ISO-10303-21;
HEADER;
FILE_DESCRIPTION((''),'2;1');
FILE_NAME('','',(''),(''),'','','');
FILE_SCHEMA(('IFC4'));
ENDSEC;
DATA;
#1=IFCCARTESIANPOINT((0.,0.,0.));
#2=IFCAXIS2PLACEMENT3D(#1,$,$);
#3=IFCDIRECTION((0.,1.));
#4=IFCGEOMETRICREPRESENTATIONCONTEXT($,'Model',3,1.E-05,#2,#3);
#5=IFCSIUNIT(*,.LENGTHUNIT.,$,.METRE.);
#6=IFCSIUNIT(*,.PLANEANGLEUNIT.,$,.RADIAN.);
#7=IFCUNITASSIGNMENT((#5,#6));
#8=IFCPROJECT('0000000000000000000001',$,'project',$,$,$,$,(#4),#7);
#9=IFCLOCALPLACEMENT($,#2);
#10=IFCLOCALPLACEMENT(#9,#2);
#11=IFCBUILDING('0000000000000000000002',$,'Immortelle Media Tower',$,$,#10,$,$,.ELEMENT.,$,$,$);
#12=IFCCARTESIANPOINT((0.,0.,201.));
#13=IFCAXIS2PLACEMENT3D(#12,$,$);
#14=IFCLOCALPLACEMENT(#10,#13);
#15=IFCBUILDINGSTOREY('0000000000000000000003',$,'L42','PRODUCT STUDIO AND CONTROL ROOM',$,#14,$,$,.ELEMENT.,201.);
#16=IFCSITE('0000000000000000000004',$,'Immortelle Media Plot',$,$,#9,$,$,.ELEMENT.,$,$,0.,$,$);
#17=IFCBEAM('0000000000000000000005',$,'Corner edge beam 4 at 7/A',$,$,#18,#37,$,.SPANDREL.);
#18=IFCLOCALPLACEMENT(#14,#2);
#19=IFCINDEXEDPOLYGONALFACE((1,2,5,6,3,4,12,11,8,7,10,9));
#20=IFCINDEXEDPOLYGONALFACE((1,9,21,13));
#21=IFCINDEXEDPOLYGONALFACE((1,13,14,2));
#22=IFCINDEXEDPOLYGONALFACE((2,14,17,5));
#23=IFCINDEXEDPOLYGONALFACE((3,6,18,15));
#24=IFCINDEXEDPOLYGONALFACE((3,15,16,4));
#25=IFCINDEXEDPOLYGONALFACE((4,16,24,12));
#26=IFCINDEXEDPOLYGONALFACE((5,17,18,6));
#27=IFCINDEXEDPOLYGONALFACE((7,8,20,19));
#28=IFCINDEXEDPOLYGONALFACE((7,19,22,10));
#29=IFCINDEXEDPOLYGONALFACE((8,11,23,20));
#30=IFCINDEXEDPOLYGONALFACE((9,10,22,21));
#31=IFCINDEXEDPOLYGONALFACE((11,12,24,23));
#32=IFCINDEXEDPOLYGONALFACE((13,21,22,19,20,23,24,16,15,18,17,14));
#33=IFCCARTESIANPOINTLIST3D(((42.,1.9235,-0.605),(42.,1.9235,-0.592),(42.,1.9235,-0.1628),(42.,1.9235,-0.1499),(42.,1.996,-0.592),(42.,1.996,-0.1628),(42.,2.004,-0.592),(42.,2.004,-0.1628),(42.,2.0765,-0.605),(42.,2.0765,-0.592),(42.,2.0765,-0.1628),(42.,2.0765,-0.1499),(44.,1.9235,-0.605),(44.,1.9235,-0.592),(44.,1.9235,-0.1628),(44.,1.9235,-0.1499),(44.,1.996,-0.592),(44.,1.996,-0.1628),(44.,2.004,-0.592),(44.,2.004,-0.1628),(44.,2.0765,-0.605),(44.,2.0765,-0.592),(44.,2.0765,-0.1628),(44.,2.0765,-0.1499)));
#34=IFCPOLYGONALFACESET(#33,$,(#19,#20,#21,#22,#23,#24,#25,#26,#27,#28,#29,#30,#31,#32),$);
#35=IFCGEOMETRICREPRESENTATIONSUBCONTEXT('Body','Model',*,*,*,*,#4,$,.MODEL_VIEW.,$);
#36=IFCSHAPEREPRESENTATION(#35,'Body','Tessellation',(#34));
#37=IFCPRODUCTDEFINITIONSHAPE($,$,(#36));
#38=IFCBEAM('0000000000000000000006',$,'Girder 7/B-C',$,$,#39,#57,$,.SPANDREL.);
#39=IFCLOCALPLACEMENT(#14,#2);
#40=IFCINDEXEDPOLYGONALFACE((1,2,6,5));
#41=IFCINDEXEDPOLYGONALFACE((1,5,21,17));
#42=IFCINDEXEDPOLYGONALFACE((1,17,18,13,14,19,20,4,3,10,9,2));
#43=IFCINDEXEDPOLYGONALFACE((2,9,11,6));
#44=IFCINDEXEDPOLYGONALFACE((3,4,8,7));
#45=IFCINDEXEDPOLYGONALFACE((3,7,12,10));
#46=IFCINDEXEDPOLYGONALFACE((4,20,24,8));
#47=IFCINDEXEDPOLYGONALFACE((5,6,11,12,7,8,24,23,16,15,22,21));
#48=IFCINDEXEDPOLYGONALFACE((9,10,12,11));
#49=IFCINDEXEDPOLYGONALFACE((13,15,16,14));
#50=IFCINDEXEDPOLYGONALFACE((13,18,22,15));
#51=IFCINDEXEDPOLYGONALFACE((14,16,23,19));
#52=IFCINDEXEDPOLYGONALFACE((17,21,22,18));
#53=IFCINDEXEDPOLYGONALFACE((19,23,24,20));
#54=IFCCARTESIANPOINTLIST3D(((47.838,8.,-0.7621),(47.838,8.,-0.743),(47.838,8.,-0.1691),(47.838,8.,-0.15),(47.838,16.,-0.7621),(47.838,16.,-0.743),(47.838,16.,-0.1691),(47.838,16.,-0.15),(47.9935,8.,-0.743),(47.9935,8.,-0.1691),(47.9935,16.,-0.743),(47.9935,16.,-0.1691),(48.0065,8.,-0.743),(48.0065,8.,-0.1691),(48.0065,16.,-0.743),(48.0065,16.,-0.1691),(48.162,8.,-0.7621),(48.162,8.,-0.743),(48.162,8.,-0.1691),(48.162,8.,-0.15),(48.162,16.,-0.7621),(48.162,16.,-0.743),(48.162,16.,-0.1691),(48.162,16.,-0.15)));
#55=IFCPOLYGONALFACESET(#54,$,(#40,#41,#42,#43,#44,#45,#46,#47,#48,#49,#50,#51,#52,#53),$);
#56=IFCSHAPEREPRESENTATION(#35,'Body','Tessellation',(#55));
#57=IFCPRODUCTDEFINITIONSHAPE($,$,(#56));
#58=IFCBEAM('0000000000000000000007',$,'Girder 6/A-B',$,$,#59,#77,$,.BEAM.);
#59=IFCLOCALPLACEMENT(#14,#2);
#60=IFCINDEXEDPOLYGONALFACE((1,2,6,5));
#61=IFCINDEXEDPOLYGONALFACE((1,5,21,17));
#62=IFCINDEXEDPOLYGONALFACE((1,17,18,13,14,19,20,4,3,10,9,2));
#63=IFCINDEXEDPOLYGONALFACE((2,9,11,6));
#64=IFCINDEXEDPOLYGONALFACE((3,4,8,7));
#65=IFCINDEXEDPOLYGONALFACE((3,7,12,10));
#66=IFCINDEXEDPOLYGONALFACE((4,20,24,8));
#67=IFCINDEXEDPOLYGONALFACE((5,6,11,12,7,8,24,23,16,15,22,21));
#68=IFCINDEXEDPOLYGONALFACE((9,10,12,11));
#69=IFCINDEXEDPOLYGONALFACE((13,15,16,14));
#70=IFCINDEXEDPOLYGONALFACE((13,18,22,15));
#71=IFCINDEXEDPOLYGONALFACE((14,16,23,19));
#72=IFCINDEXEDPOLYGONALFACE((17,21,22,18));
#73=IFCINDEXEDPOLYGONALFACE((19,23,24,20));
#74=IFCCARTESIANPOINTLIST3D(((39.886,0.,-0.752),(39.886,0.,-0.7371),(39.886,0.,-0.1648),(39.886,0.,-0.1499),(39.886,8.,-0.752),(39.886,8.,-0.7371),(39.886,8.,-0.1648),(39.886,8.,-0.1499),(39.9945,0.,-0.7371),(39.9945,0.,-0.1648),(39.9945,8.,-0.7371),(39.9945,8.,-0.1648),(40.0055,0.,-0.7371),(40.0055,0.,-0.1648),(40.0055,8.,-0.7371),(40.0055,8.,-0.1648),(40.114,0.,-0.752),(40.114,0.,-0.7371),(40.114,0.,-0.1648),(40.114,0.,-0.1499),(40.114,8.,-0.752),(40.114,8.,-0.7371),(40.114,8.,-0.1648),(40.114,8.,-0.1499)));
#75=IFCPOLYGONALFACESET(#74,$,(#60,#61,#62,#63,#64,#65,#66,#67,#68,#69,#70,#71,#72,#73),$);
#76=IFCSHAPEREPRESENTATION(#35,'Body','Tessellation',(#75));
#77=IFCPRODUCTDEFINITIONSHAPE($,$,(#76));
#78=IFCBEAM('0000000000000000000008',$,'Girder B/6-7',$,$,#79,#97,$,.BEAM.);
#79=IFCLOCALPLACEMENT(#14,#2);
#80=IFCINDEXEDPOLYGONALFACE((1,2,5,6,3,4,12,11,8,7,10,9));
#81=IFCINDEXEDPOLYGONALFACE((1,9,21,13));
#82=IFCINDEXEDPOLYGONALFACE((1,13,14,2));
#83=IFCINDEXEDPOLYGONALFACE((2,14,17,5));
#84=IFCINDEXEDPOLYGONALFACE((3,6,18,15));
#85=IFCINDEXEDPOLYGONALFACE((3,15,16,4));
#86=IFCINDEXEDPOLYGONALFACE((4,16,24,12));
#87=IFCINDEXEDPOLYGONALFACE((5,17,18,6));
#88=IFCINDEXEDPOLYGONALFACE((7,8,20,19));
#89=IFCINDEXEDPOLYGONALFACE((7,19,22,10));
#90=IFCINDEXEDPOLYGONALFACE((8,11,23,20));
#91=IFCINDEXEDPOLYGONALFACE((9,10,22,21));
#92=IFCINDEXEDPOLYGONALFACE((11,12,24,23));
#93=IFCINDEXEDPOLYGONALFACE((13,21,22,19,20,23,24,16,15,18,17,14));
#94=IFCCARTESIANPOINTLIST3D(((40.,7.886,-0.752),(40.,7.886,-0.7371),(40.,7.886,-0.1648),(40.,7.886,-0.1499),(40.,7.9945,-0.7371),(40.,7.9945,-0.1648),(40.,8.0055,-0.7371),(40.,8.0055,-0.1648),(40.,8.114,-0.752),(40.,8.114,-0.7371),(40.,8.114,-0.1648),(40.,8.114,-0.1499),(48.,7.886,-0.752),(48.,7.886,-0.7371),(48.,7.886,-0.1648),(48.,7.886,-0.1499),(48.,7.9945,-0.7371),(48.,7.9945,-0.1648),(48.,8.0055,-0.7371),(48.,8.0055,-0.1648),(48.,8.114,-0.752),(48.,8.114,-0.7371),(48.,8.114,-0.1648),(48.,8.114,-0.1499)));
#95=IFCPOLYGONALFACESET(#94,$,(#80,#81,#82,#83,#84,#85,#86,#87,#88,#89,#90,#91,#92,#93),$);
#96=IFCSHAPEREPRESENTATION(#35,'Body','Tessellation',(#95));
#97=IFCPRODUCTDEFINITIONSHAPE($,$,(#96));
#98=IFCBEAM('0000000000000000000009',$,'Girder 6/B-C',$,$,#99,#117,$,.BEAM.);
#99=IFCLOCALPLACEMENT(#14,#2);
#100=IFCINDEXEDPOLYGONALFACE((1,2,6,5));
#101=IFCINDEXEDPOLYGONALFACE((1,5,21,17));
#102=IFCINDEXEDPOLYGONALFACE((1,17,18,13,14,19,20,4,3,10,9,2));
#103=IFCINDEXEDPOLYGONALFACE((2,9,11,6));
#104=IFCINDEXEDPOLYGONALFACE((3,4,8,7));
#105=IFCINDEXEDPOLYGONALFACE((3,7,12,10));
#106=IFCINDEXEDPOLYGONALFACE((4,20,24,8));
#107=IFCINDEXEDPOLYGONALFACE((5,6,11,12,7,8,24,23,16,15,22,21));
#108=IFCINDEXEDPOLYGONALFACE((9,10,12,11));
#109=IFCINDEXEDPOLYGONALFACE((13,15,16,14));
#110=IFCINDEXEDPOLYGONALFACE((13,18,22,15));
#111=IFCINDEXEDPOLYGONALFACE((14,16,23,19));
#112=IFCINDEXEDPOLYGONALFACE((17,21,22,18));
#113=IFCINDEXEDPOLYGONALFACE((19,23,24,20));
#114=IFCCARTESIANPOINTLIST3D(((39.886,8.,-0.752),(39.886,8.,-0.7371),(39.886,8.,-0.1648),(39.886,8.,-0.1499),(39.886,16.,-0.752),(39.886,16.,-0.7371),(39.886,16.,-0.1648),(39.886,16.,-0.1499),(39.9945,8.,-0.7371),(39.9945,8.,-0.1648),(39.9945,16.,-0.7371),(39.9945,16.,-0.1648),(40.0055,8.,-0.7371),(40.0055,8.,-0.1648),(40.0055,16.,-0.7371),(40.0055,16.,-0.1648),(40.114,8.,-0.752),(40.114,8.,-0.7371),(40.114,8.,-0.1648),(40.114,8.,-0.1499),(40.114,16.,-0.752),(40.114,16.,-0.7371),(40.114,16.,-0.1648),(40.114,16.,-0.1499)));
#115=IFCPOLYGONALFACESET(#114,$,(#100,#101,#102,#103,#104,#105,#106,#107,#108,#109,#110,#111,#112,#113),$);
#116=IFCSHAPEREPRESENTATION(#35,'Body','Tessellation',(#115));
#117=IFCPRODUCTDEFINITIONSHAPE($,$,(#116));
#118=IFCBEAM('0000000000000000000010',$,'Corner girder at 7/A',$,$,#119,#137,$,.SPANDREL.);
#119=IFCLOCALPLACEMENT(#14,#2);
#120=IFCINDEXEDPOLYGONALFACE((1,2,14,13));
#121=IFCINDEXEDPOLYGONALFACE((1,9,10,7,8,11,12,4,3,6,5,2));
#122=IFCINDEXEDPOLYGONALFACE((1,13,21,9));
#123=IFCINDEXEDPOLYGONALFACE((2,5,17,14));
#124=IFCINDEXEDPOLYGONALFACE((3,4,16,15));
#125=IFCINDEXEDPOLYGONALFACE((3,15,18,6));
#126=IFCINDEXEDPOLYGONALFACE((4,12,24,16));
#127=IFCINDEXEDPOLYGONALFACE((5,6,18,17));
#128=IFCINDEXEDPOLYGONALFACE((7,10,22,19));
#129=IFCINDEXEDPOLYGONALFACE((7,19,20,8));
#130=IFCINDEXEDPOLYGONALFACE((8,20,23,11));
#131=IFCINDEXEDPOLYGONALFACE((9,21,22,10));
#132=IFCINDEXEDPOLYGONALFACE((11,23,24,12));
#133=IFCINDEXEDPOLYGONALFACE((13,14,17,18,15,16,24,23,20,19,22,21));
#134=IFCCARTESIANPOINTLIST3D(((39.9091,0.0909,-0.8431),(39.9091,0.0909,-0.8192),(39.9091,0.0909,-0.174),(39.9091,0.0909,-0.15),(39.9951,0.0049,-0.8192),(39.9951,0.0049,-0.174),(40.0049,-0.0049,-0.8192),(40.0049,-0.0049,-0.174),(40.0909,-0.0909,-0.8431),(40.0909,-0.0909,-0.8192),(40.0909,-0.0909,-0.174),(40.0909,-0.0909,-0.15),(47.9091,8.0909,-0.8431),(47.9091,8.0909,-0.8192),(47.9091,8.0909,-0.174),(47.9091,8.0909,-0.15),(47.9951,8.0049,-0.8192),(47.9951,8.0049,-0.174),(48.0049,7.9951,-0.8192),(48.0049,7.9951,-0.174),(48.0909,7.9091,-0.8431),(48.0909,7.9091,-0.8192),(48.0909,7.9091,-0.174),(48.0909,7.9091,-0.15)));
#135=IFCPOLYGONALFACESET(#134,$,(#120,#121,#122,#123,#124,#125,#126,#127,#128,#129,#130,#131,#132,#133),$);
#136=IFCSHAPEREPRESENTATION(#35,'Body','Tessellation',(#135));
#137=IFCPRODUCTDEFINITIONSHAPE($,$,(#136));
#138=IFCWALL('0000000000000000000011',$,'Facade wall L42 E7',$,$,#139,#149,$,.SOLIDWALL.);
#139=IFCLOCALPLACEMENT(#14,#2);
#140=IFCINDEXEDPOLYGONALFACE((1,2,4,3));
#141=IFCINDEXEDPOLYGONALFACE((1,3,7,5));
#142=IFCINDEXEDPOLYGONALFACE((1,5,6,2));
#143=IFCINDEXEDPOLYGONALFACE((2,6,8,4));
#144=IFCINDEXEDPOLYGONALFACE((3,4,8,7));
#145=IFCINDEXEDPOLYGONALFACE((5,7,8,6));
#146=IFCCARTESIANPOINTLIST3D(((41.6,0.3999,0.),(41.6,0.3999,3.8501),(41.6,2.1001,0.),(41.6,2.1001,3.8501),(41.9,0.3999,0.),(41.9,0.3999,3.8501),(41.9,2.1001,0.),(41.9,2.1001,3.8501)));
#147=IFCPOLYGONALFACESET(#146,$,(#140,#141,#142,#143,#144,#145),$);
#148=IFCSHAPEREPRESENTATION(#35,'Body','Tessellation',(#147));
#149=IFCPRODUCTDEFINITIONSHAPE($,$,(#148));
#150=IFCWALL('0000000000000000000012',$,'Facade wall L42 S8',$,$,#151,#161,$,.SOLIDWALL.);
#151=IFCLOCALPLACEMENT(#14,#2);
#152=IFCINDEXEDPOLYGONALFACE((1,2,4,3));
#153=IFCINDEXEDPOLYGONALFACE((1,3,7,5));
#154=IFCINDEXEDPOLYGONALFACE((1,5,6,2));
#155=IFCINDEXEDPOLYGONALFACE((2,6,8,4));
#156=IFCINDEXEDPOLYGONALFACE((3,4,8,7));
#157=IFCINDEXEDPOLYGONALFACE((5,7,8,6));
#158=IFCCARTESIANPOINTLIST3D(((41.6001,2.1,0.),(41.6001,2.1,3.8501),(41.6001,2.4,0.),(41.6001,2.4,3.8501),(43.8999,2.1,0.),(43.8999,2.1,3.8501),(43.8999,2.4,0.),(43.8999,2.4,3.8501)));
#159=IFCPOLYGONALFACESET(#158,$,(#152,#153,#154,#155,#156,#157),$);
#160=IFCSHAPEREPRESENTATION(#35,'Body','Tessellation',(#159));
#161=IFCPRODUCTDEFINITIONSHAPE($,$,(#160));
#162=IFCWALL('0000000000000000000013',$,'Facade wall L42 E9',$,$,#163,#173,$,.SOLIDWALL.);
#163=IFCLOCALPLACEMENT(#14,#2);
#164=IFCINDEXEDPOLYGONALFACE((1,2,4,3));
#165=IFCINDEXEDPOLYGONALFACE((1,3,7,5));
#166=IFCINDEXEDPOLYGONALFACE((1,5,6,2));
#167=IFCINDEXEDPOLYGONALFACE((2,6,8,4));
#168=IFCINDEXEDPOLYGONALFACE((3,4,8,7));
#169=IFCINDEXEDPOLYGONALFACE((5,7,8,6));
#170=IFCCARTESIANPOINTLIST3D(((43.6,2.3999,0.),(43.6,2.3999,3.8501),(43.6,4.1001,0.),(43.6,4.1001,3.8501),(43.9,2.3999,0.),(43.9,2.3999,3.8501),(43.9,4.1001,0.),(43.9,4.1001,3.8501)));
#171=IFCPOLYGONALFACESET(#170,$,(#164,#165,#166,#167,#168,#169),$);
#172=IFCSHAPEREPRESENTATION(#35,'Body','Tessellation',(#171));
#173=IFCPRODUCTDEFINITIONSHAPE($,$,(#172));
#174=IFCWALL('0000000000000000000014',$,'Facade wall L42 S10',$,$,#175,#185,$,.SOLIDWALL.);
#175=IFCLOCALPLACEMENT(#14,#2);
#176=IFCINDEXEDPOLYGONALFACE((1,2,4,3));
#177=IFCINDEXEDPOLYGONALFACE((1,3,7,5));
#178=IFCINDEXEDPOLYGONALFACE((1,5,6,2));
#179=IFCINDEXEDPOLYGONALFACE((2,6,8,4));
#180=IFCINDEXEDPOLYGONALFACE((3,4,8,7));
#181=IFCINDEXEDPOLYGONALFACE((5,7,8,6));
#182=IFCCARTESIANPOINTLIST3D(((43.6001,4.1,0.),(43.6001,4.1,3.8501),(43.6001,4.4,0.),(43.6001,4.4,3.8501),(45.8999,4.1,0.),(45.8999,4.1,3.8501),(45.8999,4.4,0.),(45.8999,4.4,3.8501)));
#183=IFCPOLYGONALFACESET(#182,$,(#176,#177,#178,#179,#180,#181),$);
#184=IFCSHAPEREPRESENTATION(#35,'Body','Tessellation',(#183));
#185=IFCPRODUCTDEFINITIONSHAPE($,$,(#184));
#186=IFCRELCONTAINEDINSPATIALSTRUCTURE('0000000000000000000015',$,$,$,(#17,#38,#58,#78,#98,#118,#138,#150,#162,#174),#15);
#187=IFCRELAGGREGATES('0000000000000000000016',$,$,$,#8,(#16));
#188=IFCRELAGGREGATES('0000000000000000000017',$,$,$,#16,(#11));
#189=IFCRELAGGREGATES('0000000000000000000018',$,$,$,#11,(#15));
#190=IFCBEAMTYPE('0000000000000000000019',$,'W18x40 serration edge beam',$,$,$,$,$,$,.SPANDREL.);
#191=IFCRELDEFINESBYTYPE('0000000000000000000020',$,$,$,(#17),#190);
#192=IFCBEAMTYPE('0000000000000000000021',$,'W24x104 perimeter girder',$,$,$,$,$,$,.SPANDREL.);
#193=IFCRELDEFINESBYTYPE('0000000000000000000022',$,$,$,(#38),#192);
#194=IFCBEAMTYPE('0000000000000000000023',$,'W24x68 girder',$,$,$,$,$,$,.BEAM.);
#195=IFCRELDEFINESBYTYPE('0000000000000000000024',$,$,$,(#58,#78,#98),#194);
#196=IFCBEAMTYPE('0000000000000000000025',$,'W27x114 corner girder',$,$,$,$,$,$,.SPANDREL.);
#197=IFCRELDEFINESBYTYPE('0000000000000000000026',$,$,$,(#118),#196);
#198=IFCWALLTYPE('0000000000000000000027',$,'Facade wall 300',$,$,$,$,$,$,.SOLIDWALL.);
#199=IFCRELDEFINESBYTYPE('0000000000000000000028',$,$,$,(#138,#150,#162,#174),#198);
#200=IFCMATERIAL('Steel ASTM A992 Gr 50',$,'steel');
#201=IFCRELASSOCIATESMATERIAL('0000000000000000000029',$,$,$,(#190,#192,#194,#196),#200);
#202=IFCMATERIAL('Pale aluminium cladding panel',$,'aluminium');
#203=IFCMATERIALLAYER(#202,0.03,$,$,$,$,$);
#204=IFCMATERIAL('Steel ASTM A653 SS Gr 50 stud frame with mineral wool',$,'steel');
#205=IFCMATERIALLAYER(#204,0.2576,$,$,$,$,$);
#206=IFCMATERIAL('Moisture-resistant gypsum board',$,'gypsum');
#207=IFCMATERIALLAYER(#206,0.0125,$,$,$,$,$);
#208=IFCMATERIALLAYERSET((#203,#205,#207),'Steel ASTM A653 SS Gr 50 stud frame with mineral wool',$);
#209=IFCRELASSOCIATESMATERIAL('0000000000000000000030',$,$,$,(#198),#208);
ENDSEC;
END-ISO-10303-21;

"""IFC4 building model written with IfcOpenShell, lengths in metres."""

from ifc_helpers import new_model, si_unit, direction, frame, frame_2d, origin, origin_2d, place, context, subcontext, project, spatial, rectangle, i_section, extrude, material, layer, layer_set, material_profile, profile_set, type_object, element, save


model = new_model("IFC4")

# Units and contexts
model_context = context("Model", 3, precision=1e-05, world=origin(), true_north=direction((0.0, 1.0)))
body_context = subcontext(model_context, "Body", "Model", "MODEL_VIEW")
ifc_project = project(units=[si_unit("LENGTHUNIT", "METRE"), si_unit("PLANEANGLEUNIT", "RADIAN")], contexts=[model_context])

# Site, building, storey
site_placement = place(None, origin())
site = spatial("IfcSite", under=ifc_project, at=site_placement, Name="Immortelle Media Plot", CompositionType="ELEMENT", RefElevation=0.0)
building_placement = place(site_placement, origin())
building = spatial("IfcBuilding", under=site, at=building_placement, Name="Immortelle Media Tower", CompositionType="ELEMENT")
storey_placement = place(building_placement, frame((0.0, 0.0, 201.0)))
storey = spatial("IfcBuildingStorey", under=building, at=storey_placement, Name="L42", Description="PRODUCT STUDIO AND CONTROL ROOM", CompositionType="ELEMENT", Elevation=201.0)

# Shared definitions
ifc_material_1 = material(Name="Steel ASTM A992 Gr 50", Category="steel")

# Beams
ifc_material_profile_1 = material_profile(ifc_material_1, i_section(OverallWidth=0.1531, OverallDepth=0.4551, WebThickness=0.0081, FlangeThickness=0.0129, at=origin_2d()), Name="W18x40")
ifc_profile_set_1 = profile_set([ifc_material_profile_1], Name="Steel ASTM A992 Gr 50")
beam_type_1 = type_object("IfcBeamType", Name="W18x40 serration edge beam", PredefinedType="SPANDREL", material=ifc_profile_set_1)
for number, where, z_axis, x_axis, name in (
    (1, (44.0, 2.0, -0.3774), (-1.0, 0.0, 0.0), (0.0, -1.0, 0.0), "Corner edge beam 4 at 7/A"),
):
    element("IfcBeam", number, at=place(storey_placement, frame(where, z_axis=z_axis, x_axis=x_axis)), inside=storey, type_object=beam_type_1, Name=name, PredefinedType="SPANDREL", context=body_context, shape_type="SweptSolid", body=[
        extrude(i_section(OverallWidth=0.1531, OverallDepth=0.4551, WebThickness=0.0081, FlangeThickness=0.0129, at=origin_2d()), origin(), (0.0, 0.0, 1.0), 2.0),
    ])
ifc_material_profile_2 = material_profile(ifc_material_1, i_section(OverallWidth=0.324, OverallDepth=0.6121, WebThickness=0.0129, FlangeThickness=0.019, at=origin_2d()), Name="W24x104")
ifc_profile_set_2 = profile_set([ifc_material_profile_2], Name="Steel ASTM A992 Gr 50")
beam_type_2 = type_object("IfcBeamType", Name="W24x104 perimeter girder", PredefinedType="SPANDREL", material=ifc_profile_set_2)
beam_1_placement = place(storey_placement, frame((48.0, 8.0, -0.4561), z_axis=(0.0, 1.0, 0.0), x_axis=(-1.0, 0.0, 0.0)))
element("IfcBeam", 2, at=beam_1_placement, inside=storey, type_object=beam_type_2, Name="Girder 7/B-C", PredefinedType="SPANDREL", context=body_context, shape_type="SweptSolid", body=[
    extrude(i_section(OverallWidth=0.324, OverallDepth=0.6121, WebThickness=0.0129, FlangeThickness=0.019, at=origin_2d()), origin(), (0.0, 0.0, 1.0), 8.0),
])
ifc_material_profile_3 = material_profile(ifc_material_1, i_section(OverallWidth=0.228, OverallDepth=0.6021, WebThickness=0.011, FlangeThickness=0.0149, at=origin_2d()), Name="W24x68")
ifc_profile_set_3 = profile_set([ifc_material_profile_3], Name="Steel ASTM A992 Gr 50")
beam_type_3 = type_object("IfcBeamType", Name="W24x68 girder", PredefinedType="BEAM", material=ifc_profile_set_3)
for number, where, z_axis, x_axis, name in (
    (3, (40.0, 0.0, -0.4509), (0.0, 1.0, 0.0), (-1.0, 0.0, 0.0), "Girder 6/A-B"),
    (4, (40.0, 8.0, -0.4509), (1.0, 0.0, 0.0), (0.0, 1.0, 0.0), "Girder B/6-7"),
    (5, (40.0, 8.0, -0.4509), (0.0, 1.0, 0.0), (-1.0, 0.0, 0.0), "Girder 6/B-C"),
):
    element("IfcBeam", number, at=place(storey_placement, frame(where, z_axis=z_axis, x_axis=x_axis)), inside=storey, type_object=beam_type_3, Name=name, PredefinedType="BEAM", context=body_context, shape_type="SweptSolid", body=[
        extrude(i_section(OverallWidth=0.228, OverallDepth=0.6021, WebThickness=0.011, FlangeThickness=0.0149, at=origin_2d()), origin(), (0.0, 0.0, 1.0), 8.0),
    ])
ifc_material_profile_4 = material_profile(ifc_material_1, i_section(OverallWidth=0.2571, OverallDepth=0.6931, WebThickness=0.0139, FlangeThickness=0.0239, at=origin_2d()), Name="W27x114")
ifc_profile_set_4 = profile_set([ifc_material_profile_4], Name="Steel ASTM A992 Gr 50")
beam_type_4 = type_object("IfcBeamType", Name="W27x114 corner girder", PredefinedType="SPANDREL", material=ifc_profile_set_4)
beam_2_placement = place(storey_placement, frame((48.0, 8.0, -0.4966), z_axis=(-0.707107, -0.707107, 0.0), x_axis=(0.707107, -0.707107, 0.0)))
element("IfcBeam", 6, at=beam_2_placement, inside=storey, type_object=beam_type_4, Name="Corner girder at 7/A", PredefinedType="SPANDREL", context=body_context, shape_type="SweptSolid", body=[
    extrude(i_section(OverallWidth=0.2571, OverallDepth=0.6931, WebThickness=0.0139, FlangeThickness=0.0239, at=origin_2d()), origin(), (0.0, 0.0, 1.0), 11.3137),
])

# Walls
ifc_material_2 = material(Name="Pale aluminium cladding panel", Category="aluminium")
ifc_layer_1 = layer(ifc_material_2, 0.03)
ifc_material_3 = material(Name="Steel ASTM A653 SS Gr 50 stud frame with mineral wool", Category="steel")
ifc_layer_2 = layer(ifc_material_3, 0.2576)
ifc_material_4 = material(Name="Moisture-resistant gypsum board", Category="gypsum")
ifc_layer_3 = layer(ifc_material_4, 0.0125)
ifc_layer_set_1 = layer_set([ifc_layer_1, ifc_layer_2, ifc_layer_3], Name="Steel ASTM A653 SS Gr 50 stud frame with mineral wool")
wall_type_1 = type_object("IfcWallType", Name="Facade wall 300", PredefinedType="SOLIDWALL", material=ifc_layer_set_1)
wall_1_placement = place(storey_placement, frame((41.75, 0.3999, 0.0), z_axis=(0.0, 0.0, 1.0), x_axis=(0.0, 1.0, 0.0)))
element("IfcWall", 7, at=wall_1_placement, inside=storey, type_object=wall_type_1, Name="Facade wall L42 E7", PredefinedType="SOLIDWALL", context=body_context, shape_type="SweptSolid", body=[
    extrude(rectangle(XDim=1.7002, YDim=0.3, at=frame_2d((0.8501, 0.0))), origin(), (0.0, 0.0, 1.0), 3.8501),
])
wall_2_placement = place(storey_placement, frame((41.6001, 2.25, 0.0), z_axis=(0.0, 0.0, 1.0), x_axis=(1.0, 0.0, 0.0)))
element("IfcWall", 8, at=wall_2_placement, inside=storey, type_object=wall_type_1, Name="Facade wall L42 S8", PredefinedType="SOLIDWALL", context=body_context, shape_type="SweptSolid", body=[
    extrude(rectangle(XDim=2.2998, YDim=0.3, at=frame_2d((1.1499, 0.0))), origin(), (0.0, 0.0, 1.0), 3.8501),
])
wall_3_placement = place(storey_placement, frame((43.75, 2.3999, 0.0), z_axis=(0.0, 0.0, 1.0), x_axis=(0.0, 1.0, 0.0)))
element("IfcWall", 9, at=wall_3_placement, inside=storey, type_object=wall_type_1, Name="Facade wall L42 E9", PredefinedType="SOLIDWALL", context=body_context, shape_type="SweptSolid", body=[
    extrude(rectangle(XDim=1.7002, YDim=0.3, at=frame_2d((0.8501, 0.0))), origin(), (0.0, 0.0, 1.0), 3.8501),
])
wall_4_placement = place(storey_placement, frame((43.6001, 4.25, 0.0), z_axis=(0.0, 0.0, 1.0), x_axis=(1.0, 0.0, 0.0)))
element("IfcWall", 10, at=wall_4_placement, inside=storey, type_object=wall_type_1, Name="Facade wall L42 S10", PredefinedType="SOLIDWALL", context=body_context, shape_type="SweptSolid", body=[
    extrude(rectangle(XDim=2.2998, YDim=0.3, at=frame_2d((1.1499, 0.0))), origin(), (0.0, 0.0, 1.0), 3.8501),
])

save(model, "model.ifc")
